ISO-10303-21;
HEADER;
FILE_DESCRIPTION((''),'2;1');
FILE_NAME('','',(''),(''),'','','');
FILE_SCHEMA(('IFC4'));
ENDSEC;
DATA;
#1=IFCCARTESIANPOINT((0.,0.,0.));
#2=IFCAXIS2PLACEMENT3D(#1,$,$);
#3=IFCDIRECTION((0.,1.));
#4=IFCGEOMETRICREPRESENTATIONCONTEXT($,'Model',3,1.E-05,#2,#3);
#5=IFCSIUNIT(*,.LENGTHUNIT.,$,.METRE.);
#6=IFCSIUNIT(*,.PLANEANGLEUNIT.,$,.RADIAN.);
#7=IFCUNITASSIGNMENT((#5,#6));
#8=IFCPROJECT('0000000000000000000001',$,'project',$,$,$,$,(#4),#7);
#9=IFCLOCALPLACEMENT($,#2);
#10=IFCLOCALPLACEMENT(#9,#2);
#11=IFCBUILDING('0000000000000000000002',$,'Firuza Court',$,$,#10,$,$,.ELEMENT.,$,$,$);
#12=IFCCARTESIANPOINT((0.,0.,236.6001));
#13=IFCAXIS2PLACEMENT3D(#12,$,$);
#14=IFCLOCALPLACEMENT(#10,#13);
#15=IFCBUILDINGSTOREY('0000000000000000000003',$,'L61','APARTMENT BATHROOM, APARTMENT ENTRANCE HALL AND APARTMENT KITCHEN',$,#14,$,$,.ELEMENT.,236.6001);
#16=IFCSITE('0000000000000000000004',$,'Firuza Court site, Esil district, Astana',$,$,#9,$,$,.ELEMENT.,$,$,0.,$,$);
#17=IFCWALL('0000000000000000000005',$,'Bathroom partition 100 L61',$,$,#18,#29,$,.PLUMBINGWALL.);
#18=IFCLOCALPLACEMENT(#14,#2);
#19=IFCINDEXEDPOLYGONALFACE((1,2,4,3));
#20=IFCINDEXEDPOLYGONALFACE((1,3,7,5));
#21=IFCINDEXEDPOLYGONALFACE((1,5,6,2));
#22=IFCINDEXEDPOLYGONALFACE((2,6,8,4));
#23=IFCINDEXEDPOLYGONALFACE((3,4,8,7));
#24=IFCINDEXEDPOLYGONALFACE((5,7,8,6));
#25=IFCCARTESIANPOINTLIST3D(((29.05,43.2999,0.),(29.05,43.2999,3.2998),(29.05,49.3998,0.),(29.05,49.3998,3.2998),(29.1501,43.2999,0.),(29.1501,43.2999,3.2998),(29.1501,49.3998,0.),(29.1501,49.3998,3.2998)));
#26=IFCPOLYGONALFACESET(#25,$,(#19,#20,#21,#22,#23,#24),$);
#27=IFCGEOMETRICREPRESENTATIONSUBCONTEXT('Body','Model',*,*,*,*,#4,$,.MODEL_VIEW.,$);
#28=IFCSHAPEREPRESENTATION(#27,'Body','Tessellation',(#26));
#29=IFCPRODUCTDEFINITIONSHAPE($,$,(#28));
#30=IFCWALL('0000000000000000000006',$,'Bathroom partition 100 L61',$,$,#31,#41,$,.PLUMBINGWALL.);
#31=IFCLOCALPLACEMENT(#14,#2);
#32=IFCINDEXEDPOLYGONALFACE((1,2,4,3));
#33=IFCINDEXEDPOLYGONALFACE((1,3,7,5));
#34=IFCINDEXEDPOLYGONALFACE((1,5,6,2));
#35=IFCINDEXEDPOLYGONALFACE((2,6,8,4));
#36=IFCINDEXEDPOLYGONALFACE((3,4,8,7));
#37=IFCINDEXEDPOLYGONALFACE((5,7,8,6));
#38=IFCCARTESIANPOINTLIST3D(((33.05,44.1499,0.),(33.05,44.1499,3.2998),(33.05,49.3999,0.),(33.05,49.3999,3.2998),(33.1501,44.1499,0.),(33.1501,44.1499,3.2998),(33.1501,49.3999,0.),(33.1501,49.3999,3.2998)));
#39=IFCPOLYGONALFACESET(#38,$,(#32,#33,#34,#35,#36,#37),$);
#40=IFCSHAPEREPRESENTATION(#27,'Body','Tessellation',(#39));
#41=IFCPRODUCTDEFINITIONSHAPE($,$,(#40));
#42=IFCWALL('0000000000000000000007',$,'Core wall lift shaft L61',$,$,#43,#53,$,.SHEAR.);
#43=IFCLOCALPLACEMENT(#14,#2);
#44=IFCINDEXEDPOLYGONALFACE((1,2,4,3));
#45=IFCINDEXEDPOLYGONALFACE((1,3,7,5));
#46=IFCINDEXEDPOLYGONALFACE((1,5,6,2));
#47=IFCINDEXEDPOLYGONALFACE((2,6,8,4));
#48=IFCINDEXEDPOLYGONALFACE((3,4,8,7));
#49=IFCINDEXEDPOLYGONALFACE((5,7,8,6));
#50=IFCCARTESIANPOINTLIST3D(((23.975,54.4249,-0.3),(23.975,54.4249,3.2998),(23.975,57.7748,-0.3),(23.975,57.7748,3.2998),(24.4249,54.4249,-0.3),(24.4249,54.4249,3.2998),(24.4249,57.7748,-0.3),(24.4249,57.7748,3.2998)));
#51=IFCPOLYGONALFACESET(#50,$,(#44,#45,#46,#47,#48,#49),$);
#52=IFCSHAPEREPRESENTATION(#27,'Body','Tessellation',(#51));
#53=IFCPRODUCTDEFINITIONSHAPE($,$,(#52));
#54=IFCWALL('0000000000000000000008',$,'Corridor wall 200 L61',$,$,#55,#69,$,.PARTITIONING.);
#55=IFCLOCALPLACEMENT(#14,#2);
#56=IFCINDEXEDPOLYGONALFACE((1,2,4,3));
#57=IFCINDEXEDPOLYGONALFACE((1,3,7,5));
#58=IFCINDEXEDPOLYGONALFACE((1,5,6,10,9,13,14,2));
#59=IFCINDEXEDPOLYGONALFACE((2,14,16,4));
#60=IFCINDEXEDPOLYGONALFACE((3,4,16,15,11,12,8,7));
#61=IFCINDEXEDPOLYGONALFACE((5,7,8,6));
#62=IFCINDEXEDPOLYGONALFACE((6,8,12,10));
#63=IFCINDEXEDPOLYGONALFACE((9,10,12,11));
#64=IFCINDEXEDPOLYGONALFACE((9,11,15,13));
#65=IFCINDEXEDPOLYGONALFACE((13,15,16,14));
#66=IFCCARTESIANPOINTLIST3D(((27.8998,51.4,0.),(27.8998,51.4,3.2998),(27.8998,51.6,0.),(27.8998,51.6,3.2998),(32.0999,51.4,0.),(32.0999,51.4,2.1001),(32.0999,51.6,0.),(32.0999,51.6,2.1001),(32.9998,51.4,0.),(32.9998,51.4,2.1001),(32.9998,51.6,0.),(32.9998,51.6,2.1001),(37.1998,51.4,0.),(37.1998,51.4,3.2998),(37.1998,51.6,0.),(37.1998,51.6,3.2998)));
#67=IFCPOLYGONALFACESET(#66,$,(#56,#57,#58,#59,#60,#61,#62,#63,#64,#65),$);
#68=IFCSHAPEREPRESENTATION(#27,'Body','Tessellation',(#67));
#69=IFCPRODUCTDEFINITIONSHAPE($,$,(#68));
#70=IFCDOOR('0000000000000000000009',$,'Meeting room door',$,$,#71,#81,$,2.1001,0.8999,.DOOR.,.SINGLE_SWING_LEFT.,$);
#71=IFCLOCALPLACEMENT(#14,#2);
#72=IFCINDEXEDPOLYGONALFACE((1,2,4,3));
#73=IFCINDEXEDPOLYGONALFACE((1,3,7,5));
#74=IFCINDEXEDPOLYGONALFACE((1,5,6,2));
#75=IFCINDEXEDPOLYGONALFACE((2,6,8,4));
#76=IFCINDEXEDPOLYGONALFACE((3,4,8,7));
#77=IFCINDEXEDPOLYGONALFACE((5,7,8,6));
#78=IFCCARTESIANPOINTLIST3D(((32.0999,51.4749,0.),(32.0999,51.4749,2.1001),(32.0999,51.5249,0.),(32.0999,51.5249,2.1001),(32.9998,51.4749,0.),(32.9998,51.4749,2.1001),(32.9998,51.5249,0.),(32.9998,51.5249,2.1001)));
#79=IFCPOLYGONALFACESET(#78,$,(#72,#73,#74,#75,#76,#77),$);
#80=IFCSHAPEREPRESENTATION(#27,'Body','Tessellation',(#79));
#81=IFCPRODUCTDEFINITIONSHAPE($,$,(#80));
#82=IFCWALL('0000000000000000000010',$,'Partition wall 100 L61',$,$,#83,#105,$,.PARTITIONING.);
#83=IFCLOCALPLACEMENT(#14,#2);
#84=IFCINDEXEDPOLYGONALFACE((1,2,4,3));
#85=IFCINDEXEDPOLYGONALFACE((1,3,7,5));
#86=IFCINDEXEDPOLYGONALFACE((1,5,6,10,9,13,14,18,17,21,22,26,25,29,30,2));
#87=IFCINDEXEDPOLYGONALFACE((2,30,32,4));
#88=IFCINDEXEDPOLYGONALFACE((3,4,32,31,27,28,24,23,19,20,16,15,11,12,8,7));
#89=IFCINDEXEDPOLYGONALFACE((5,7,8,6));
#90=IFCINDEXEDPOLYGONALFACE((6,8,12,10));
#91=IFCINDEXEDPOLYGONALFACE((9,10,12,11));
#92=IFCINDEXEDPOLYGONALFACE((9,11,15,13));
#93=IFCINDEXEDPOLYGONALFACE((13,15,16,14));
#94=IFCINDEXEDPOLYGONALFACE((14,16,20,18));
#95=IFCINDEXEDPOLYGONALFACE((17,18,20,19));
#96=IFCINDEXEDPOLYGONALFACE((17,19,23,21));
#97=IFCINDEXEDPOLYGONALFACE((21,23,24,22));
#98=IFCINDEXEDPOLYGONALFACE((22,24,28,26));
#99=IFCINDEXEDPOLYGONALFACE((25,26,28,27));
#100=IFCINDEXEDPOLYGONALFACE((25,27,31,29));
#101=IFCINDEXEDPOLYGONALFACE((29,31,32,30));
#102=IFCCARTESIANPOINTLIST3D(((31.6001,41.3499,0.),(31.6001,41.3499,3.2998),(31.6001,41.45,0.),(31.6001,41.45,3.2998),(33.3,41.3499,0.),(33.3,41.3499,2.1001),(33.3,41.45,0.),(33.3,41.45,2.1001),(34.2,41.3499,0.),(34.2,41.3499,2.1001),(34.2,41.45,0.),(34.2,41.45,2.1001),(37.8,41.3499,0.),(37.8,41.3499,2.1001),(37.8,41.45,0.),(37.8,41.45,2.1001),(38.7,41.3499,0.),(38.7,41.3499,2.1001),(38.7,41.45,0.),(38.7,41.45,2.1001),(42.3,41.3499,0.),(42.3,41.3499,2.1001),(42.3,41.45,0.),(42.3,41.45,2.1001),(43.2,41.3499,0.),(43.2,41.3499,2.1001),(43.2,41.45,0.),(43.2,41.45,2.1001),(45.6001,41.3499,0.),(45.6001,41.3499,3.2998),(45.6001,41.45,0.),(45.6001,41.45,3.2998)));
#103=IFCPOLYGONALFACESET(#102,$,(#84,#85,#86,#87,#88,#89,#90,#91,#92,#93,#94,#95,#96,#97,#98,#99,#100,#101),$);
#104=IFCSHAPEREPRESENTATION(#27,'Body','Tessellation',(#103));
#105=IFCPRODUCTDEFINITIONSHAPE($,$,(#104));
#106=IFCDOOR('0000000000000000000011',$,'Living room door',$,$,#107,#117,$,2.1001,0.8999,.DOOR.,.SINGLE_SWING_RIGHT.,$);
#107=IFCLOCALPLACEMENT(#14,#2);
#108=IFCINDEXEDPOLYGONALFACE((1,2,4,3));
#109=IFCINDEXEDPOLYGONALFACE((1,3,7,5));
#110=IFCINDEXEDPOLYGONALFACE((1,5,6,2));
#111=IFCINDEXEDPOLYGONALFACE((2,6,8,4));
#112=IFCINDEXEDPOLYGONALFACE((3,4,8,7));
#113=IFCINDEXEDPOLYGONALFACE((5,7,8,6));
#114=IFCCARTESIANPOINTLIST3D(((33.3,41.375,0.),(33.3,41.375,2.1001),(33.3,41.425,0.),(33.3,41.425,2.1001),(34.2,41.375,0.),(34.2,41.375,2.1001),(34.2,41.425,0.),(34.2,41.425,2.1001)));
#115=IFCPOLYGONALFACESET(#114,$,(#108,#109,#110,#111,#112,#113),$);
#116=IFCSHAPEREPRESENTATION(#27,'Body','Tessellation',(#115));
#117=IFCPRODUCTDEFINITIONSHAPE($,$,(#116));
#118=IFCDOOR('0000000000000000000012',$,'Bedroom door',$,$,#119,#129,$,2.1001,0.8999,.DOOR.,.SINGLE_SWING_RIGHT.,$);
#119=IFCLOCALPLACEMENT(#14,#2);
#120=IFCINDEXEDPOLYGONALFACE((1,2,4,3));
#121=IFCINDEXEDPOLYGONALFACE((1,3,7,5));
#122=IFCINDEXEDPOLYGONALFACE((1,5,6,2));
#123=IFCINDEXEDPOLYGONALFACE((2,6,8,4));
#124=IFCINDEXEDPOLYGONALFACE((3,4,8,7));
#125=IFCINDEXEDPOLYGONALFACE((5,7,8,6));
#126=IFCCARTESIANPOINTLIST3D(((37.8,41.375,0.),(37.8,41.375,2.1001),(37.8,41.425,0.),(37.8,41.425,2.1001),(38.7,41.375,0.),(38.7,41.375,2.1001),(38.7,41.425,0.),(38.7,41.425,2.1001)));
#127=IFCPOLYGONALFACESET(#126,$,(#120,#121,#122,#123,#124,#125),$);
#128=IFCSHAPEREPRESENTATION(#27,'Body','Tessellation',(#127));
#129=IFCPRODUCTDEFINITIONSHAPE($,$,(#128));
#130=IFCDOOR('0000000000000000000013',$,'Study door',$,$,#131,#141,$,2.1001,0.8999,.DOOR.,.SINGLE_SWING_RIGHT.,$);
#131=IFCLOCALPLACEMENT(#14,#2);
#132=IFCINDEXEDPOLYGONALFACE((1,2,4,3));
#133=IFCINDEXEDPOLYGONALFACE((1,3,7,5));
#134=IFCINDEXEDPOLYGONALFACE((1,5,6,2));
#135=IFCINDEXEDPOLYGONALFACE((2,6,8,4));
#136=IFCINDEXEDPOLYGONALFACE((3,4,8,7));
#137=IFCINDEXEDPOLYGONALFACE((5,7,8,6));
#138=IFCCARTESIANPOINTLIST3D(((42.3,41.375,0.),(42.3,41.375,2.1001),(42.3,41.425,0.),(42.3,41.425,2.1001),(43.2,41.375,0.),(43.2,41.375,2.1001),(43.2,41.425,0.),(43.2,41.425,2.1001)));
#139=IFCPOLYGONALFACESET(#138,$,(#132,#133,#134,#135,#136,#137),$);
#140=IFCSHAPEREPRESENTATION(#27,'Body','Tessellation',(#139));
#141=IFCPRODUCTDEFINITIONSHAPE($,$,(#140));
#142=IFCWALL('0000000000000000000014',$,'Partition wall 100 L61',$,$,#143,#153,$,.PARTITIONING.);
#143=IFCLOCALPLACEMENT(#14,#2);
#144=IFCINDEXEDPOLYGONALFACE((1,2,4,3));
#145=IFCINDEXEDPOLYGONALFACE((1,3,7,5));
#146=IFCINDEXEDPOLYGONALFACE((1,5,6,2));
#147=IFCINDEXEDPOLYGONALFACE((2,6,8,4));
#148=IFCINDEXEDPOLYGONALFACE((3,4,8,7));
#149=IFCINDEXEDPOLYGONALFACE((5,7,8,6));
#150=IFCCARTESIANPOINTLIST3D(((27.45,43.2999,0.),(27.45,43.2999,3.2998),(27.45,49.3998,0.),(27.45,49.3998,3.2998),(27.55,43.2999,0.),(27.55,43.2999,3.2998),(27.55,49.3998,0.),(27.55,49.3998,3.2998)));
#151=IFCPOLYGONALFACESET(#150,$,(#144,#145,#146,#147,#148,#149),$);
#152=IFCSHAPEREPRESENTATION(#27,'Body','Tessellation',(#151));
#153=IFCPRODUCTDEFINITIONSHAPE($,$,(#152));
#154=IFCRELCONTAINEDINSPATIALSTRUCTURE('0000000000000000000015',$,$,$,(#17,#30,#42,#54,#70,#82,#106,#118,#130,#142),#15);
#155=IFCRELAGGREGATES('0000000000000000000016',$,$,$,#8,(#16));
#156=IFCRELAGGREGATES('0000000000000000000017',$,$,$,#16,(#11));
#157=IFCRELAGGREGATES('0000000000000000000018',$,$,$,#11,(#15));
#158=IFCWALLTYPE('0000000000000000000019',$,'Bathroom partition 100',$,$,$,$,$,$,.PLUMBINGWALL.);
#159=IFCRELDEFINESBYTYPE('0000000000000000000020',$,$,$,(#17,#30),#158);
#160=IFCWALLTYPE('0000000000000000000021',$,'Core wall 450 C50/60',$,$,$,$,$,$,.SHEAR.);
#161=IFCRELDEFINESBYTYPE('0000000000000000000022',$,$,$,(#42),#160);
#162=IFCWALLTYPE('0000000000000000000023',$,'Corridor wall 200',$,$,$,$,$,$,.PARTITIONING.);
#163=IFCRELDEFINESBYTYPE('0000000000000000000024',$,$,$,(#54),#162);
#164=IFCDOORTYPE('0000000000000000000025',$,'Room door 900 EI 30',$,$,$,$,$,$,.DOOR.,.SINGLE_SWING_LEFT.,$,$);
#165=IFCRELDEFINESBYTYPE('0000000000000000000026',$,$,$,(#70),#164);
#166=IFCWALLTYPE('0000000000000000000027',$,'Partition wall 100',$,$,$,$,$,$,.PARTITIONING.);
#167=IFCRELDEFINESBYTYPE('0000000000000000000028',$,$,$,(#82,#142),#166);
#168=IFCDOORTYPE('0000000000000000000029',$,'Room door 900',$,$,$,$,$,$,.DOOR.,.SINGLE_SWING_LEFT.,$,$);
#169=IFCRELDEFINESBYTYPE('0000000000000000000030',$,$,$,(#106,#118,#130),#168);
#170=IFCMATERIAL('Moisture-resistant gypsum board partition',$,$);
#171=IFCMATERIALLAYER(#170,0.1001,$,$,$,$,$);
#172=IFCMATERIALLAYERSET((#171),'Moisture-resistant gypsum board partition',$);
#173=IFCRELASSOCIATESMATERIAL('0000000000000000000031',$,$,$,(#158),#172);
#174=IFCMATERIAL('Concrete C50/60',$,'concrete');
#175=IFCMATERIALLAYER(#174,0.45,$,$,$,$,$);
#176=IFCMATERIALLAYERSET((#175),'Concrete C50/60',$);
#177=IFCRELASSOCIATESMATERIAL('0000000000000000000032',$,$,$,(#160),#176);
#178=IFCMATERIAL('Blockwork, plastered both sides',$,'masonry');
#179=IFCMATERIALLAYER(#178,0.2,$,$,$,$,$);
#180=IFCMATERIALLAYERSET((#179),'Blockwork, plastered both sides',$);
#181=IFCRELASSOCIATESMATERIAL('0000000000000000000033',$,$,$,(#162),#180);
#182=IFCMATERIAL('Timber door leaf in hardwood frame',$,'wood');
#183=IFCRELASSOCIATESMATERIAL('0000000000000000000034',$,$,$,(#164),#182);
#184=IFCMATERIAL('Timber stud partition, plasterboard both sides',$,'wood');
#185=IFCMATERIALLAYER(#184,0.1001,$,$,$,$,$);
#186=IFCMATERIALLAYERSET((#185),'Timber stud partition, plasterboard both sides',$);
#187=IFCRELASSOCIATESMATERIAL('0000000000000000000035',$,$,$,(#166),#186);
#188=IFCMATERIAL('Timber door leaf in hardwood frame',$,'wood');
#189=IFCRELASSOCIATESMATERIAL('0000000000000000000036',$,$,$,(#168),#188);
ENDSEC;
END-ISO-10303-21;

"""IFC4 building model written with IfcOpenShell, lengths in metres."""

from ifc_helpers import new_model, si_unit, direction, frame, frame_2d, origin, place, context, subcontext, project, spatial, rectangle, extrude, material, layer, layer_set, type_object, element, fill, save


model = new_model("IFC4")

# Units and contexts
model_context = context("Model", 3, precision=1e-05, world=origin(), true_north=direction((0.0, 1.0)))
body_context = subcontext(model_context, "Body", "Model", "MODEL_VIEW")
ifc_project = project(units=[si_unit("LENGTHUNIT", "METRE"), si_unit("PLANEANGLEUNIT", "RADIAN")], contexts=[model_context])

# Site, building, storey
site_placement = place(None, origin())
site = spatial("IfcSite", under=ifc_project, at=site_placement, Name="Firuza Court site, Esil district, Astana", CompositionType="ELEMENT", RefElevation=0.0)
building_placement = place(site_placement, origin())
building = spatial("IfcBuilding", under=site, at=building_placement, Name="Firuza Court", CompositionType="ELEMENT")
storey_placement = place(building_placement, frame((0.0, 0.0, 236.6001)))
storey = spatial("IfcBuildingStorey", under=building, at=storey_placement, Name="L61", Description="APARTMENT BATHROOM, APARTMENT ENTRANCE HALL AND APARTMENT KITCHEN", CompositionType="ELEMENT", Elevation=236.6001)

# Walls
ifc_material_1 = material(Name="Moisture-resistant gypsum board partition")
ifc_layer_1 = layer(ifc_material_1, 0.1001)
ifc_layer_set_1 = layer_set([ifc_layer_1], Name="Moisture-resistant gypsum board partition")
wall_type_1 = type_object("IfcWallType", Name="Bathroom partition 100", PredefinedType="PLUMBINGWALL", material=ifc_layer_set_1)
wall_1_placement = place(storey_placement, frame((29.1001, 43.3, 0.0), z_axis=(0.0, 0.0, 1.0), x_axis=(0.0, 1.0, 0.0)))
element("IfcWall", 1, at=wall_1_placement, inside=storey, type_object=wall_type_1, Name="Bathroom partition 100 L61", PredefinedType="PLUMBINGWALL", context=body_context, shape_type="SweptSolid", body=[
    extrude(rectangle(XDim=6.0999, YDim=0.1001, at=frame_2d((3.0498, 0.0))), origin(), (0.0, 0.0, 1.0), 3.2998),
])
wall_2_placement = place(storey_placement, frame((33.1001, 44.1499, 0.0), z_axis=(0.0, 0.0, 1.0), x_axis=(0.0, 1.0, 0.0)))
element("IfcWall", 2, at=wall_2_placement, inside=storey, type_object=wall_type_1, Name="Bathroom partition 100 L61", PredefinedType="PLUMBINGWALL", context=body_context, shape_type="SweptSolid", body=[
    extrude(rectangle(XDim=5.25, YDim=0.1001, at=frame_2d((2.625, 0.0))), origin(), (0.0, 0.0, 1.0), 3.2998),
])
ifc_material_2 = material(Name="Concrete C50/60", Category="concrete")
ifc_layer_2 = layer(ifc_material_2, 0.45)
ifc_layer_set_2 = layer_set([ifc_layer_2], Name="Concrete C50/60")
wall_type_2 = type_object("IfcWallType", Name="Core wall 450 C50/60", PredefinedType="SHEAR", material=ifc_layer_set_2)
wall_3_placement = place(storey_placement, frame((24.2, 54.425, -0.3), z_axis=(0.0, 0.0, 1.0), x_axis=(0.0, 1.0, 0.0)))
element("IfcWall", 3, at=wall_3_placement, inside=storey, type_object=wall_type_2, Name="Core wall lift shaft L61", PredefinedType="SHEAR", context=body_context, shape_type="SweptSolid", body=[
    extrude(rectangle(XDim=3.3499, YDim=0.45, at=frame_2d((1.6748, 0.0))), origin(), (0.0, 0.0, 1.0), 3.5999),
])

# Wall, opening, door
ifc_material_3 = material(Name="Blockwork, plastered both sides", Category="masonry")
ifc_layer_3 = layer(ifc_material_3, 0.2)
ifc_layer_set_3 = layer_set([ifc_layer_3], Name="Blockwork, plastered both sides")
wall_type_3 = type_object("IfcWallType", Name="Corridor wall 200", PredefinedType="PARTITIONING", material=ifc_layer_set_3)
wall_4_placement = place(storey_placement, frame((27.8999, 51.5, 0.0), z_axis=(0.0, 0.0, 1.0), x_axis=(1.0, 0.0, 0.0)))
wall_4 = element("IfcWall", 4, at=wall_4_placement, inside=storey, type_object=wall_type_3, Name="Corridor wall 200 L61", PredefinedType="PARTITIONING", context=body_context, shape_type="SweptSolid", body=[
    extrude(rectangle(XDim=9.3, YDim=0.2, at=frame_2d((4.6499, 0.0))), origin(), (0.0, 0.0, 1.0), 3.2998),
])
opening_1_placement = place(wall_4_placement, frame((4.2, 0.0, 0.0)))
opening_1 = element("IfcOpeningElement", 5, at=opening_1_placement, cuts=wall_4, PredefinedType="OPENING", context=body_context, shape_type="SweptSolid", body=[
    extrude(rectangle(XDim=0.8999, YDim=2.1001, at=frame_2d((0.45, 1.05))), frame((0.0, 0.1118, 0.0), z_axis=(0.0, -1.0, 0.0), x_axis=(1.0, 0.0, 0.0)), (0.0, 0.0, 1.0), 0.2239),
])
ifc_material_4 = material(Name="Timber door leaf in hardwood frame", Category="wood")
door_type_1 = type_object("IfcDoorType", Name="Room door 900 EI 30", OperationType="SINGLE_SWING_LEFT", PredefinedType="DOOR", material=ifc_material_4)
door_1_placement = place(opening_1_placement, origin())
door_1 = element("IfcDoor", 6, at=door_1_placement, inside=storey, type_object=door_type_1, Name="Meeting room door", OperationType="SINGLE_SWING_LEFT", OverallHeight=2.1001, OverallWidth=0.8999, PredefinedType="DOOR", context=body_context, shape_type="SweptSolid", body=[
    extrude(rectangle(XDim=0.8999, YDim=2.1001, at=frame_2d((0.45, 1.05))), frame((0.0, 0.0249, 0.0), z_axis=(0.0, -1.0, 0.0), x_axis=(1.0, 0.0, 0.0)), (0.0, 0.0, 1.0), 0.05),
])
fill(opening_1, door_1)

# Wall, openings, doors
ifc_material_5 = material(Name="Timber stud partition, plasterboard both sides", Category="wood")
ifc_layer_4 = layer(ifc_material_5, 0.1001)
ifc_layer_set_4 = layer_set([ifc_layer_4], Name="Timber stud partition, plasterboard both sides")
wall_type_4 = type_object("IfcWallType", Name="Partition wall 100", PredefinedType="PARTITIONING", material=ifc_layer_set_4)
wall_5_placement = place(storey_placement, frame((31.6001, 41.3999, 0.0), z_axis=(0.0, 0.0, 1.0), x_axis=(1.0, 0.0, 0.0)))
wall_5 = element("IfcWall", 7, at=wall_5_placement, inside=storey, type_object=wall_type_4, Name="Partition wall 100 L61", PredefinedType="PARTITIONING", context=body_context, shape_type="SweptSolid", body=[
    extrude(rectangle(XDim=14.0, YDim=0.1001, at=frame_2d((7.0, 0.0))), origin(), (0.0, 0.0, 1.0), 3.2998),
])
opening_2_placement = place(wall_5_placement, frame((1.7, 0.0, 0.0)))
opening_2 = element("IfcOpeningElement", 8, at=opening_2_placement, cuts=wall_5, PredefinedType="OPENING", context=body_context, shape_type="SweptSolid", body=[
    extrude(rectangle(XDim=0.8999, YDim=2.1001, at=frame_2d((0.45, 1.05))), frame((0.0, 0.062, 0.0), z_axis=(0.0, -1.0, 0.0), x_axis=(1.0, 0.0, 0.0)), (0.0, 0.0, 1.0), 0.124),
])
opening_3_placement = place(wall_5_placement, frame((6.2, 0.0, 0.0)))
opening_3 = element("IfcOpeningElement", 9, at=opening_3_placement, cuts=wall_5, PredefinedType="OPENING", context=body_context, shape_type="SweptSolid", body=[
    extrude(rectangle(XDim=0.8999, YDim=2.1001, at=frame_2d((0.45, 1.05))), frame((0.0, 0.062, 0.0), z_axis=(0.0, -1.0, 0.0), x_axis=(1.0, 0.0, 0.0)), (0.0, 0.0, 1.0), 0.124),
])
opening_4_placement = place(wall_5_placement, frame((10.7, 0.0, 0.0)))
opening_4 = element("IfcOpeningElement", 10, at=opening_4_placement, cuts=wall_5, PredefinedType="OPENING", context=body_context, shape_type="SweptSolid", body=[
    extrude(rectangle(XDim=0.8999, YDim=2.1001, at=frame_2d((0.45, 1.05))), frame((0.0, 0.062, 0.0), z_axis=(0.0, -1.0, 0.0), x_axis=(1.0, 0.0, 0.0)), (0.0, 0.0, 1.0), 0.124),
])
ifc_material_6 = material(Name="Timber door leaf in hardwood frame", Category="wood")
door_type_2 = type_object("IfcDoorType", Name="Room door 900", OperationType="SINGLE_SWING_LEFT", PredefinedType="DOOR", material=ifc_material_6)
door_2_placement = place(opening_2_placement, frame((0.8999, 0.0, 0.0), z_axis=(0.0, 0.0, 1.0), x_axis=(-1.0, 0.0, 0.0)))
door_2 = element("IfcDoor", 11, at=door_2_placement, inside=storey, type_object=door_type_2, Name="Living room door", OperationType="SINGLE_SWING_RIGHT", OverallHeight=2.1001, OverallWidth=0.8999, PredefinedType="DOOR", context=body_context, shape_type="SweptSolid", body=[
    extrude(rectangle(XDim=0.8999, YDim=2.1001, at=frame_2d((0.45, 1.05))), frame((0.0, 0.0249, 0.0), z_axis=(0.0, -1.0, 0.0), x_axis=(1.0, 0.0, 0.0)), (0.0, 0.0, 1.0), 0.05),
])
fill(opening_2, door_2)
door_3_placement = place(opening_3_placement, frame((0.8999, 0.0, 0.0), z_axis=(0.0, 0.0, 1.0), x_axis=(-1.0, 0.0, 0.0)))
door_3 = element("IfcDoor", 12, at=door_3_placement, inside=storey, type_object=door_type_2, Name="Bedroom door", OperationType="SINGLE_SWING_RIGHT", OverallHeight=2.1001, OverallWidth=0.8999, PredefinedType="DOOR", context=body_context, shape_type="SweptSolid", body=[
    extrude(rectangle(XDim=0.8999, YDim=2.1001, at=frame_2d((0.45, 1.05))), frame((0.0, 0.0249, 0.0), z_axis=(0.0, -1.0, 0.0), x_axis=(1.0, 0.0, 0.0)), (0.0, 0.0, 1.0), 0.05),
])
fill(opening_3, door_3)
door_4_placement = place(opening_4_placement, frame((0.8999, 0.0, 0.0), z_axis=(0.0, 0.0, 1.0), x_axis=(-1.0, 0.0, 0.0)))
door_4 = element("IfcDoor", 13, at=door_4_placement, inside=storey, type_object=door_type_2, Name="Study door", OperationType="SINGLE_SWING_RIGHT", OverallHeight=2.1001, OverallWidth=0.8999, PredefinedType="DOOR", context=body_context, shape_type="SweptSolid", body=[
    extrude(rectangle(XDim=0.8999, YDim=2.1001, at=frame_2d((0.45, 1.05))), frame((0.0, 0.0249, 0.0), z_axis=(0.0, -1.0, 0.0), x_axis=(1.0, 0.0, 0.0)), (0.0, 0.0, 1.0), 0.05),
])
fill(opening_4, door_4)

# Wall
wall_6_placement = place(storey_placement, frame((27.5, 43.3, 0.0), z_axis=(0.0, 0.0, 1.0), x_axis=(0.0, 1.0, 0.0)))
element("IfcWall", 14, at=wall_6_placement, inside=storey, type_object=wall_type_4, Name="Partition wall 100 L61", PredefinedType="PARTITIONING", context=body_context, shape_type="SweptSolid", body=[
    extrude(rectangle(XDim=6.0999, YDim=0.1001, at=frame_2d((3.0498, 0.0))), origin(), (0.0, 0.0, 1.0), 3.2998),
])

save(model, "model.ifc")
